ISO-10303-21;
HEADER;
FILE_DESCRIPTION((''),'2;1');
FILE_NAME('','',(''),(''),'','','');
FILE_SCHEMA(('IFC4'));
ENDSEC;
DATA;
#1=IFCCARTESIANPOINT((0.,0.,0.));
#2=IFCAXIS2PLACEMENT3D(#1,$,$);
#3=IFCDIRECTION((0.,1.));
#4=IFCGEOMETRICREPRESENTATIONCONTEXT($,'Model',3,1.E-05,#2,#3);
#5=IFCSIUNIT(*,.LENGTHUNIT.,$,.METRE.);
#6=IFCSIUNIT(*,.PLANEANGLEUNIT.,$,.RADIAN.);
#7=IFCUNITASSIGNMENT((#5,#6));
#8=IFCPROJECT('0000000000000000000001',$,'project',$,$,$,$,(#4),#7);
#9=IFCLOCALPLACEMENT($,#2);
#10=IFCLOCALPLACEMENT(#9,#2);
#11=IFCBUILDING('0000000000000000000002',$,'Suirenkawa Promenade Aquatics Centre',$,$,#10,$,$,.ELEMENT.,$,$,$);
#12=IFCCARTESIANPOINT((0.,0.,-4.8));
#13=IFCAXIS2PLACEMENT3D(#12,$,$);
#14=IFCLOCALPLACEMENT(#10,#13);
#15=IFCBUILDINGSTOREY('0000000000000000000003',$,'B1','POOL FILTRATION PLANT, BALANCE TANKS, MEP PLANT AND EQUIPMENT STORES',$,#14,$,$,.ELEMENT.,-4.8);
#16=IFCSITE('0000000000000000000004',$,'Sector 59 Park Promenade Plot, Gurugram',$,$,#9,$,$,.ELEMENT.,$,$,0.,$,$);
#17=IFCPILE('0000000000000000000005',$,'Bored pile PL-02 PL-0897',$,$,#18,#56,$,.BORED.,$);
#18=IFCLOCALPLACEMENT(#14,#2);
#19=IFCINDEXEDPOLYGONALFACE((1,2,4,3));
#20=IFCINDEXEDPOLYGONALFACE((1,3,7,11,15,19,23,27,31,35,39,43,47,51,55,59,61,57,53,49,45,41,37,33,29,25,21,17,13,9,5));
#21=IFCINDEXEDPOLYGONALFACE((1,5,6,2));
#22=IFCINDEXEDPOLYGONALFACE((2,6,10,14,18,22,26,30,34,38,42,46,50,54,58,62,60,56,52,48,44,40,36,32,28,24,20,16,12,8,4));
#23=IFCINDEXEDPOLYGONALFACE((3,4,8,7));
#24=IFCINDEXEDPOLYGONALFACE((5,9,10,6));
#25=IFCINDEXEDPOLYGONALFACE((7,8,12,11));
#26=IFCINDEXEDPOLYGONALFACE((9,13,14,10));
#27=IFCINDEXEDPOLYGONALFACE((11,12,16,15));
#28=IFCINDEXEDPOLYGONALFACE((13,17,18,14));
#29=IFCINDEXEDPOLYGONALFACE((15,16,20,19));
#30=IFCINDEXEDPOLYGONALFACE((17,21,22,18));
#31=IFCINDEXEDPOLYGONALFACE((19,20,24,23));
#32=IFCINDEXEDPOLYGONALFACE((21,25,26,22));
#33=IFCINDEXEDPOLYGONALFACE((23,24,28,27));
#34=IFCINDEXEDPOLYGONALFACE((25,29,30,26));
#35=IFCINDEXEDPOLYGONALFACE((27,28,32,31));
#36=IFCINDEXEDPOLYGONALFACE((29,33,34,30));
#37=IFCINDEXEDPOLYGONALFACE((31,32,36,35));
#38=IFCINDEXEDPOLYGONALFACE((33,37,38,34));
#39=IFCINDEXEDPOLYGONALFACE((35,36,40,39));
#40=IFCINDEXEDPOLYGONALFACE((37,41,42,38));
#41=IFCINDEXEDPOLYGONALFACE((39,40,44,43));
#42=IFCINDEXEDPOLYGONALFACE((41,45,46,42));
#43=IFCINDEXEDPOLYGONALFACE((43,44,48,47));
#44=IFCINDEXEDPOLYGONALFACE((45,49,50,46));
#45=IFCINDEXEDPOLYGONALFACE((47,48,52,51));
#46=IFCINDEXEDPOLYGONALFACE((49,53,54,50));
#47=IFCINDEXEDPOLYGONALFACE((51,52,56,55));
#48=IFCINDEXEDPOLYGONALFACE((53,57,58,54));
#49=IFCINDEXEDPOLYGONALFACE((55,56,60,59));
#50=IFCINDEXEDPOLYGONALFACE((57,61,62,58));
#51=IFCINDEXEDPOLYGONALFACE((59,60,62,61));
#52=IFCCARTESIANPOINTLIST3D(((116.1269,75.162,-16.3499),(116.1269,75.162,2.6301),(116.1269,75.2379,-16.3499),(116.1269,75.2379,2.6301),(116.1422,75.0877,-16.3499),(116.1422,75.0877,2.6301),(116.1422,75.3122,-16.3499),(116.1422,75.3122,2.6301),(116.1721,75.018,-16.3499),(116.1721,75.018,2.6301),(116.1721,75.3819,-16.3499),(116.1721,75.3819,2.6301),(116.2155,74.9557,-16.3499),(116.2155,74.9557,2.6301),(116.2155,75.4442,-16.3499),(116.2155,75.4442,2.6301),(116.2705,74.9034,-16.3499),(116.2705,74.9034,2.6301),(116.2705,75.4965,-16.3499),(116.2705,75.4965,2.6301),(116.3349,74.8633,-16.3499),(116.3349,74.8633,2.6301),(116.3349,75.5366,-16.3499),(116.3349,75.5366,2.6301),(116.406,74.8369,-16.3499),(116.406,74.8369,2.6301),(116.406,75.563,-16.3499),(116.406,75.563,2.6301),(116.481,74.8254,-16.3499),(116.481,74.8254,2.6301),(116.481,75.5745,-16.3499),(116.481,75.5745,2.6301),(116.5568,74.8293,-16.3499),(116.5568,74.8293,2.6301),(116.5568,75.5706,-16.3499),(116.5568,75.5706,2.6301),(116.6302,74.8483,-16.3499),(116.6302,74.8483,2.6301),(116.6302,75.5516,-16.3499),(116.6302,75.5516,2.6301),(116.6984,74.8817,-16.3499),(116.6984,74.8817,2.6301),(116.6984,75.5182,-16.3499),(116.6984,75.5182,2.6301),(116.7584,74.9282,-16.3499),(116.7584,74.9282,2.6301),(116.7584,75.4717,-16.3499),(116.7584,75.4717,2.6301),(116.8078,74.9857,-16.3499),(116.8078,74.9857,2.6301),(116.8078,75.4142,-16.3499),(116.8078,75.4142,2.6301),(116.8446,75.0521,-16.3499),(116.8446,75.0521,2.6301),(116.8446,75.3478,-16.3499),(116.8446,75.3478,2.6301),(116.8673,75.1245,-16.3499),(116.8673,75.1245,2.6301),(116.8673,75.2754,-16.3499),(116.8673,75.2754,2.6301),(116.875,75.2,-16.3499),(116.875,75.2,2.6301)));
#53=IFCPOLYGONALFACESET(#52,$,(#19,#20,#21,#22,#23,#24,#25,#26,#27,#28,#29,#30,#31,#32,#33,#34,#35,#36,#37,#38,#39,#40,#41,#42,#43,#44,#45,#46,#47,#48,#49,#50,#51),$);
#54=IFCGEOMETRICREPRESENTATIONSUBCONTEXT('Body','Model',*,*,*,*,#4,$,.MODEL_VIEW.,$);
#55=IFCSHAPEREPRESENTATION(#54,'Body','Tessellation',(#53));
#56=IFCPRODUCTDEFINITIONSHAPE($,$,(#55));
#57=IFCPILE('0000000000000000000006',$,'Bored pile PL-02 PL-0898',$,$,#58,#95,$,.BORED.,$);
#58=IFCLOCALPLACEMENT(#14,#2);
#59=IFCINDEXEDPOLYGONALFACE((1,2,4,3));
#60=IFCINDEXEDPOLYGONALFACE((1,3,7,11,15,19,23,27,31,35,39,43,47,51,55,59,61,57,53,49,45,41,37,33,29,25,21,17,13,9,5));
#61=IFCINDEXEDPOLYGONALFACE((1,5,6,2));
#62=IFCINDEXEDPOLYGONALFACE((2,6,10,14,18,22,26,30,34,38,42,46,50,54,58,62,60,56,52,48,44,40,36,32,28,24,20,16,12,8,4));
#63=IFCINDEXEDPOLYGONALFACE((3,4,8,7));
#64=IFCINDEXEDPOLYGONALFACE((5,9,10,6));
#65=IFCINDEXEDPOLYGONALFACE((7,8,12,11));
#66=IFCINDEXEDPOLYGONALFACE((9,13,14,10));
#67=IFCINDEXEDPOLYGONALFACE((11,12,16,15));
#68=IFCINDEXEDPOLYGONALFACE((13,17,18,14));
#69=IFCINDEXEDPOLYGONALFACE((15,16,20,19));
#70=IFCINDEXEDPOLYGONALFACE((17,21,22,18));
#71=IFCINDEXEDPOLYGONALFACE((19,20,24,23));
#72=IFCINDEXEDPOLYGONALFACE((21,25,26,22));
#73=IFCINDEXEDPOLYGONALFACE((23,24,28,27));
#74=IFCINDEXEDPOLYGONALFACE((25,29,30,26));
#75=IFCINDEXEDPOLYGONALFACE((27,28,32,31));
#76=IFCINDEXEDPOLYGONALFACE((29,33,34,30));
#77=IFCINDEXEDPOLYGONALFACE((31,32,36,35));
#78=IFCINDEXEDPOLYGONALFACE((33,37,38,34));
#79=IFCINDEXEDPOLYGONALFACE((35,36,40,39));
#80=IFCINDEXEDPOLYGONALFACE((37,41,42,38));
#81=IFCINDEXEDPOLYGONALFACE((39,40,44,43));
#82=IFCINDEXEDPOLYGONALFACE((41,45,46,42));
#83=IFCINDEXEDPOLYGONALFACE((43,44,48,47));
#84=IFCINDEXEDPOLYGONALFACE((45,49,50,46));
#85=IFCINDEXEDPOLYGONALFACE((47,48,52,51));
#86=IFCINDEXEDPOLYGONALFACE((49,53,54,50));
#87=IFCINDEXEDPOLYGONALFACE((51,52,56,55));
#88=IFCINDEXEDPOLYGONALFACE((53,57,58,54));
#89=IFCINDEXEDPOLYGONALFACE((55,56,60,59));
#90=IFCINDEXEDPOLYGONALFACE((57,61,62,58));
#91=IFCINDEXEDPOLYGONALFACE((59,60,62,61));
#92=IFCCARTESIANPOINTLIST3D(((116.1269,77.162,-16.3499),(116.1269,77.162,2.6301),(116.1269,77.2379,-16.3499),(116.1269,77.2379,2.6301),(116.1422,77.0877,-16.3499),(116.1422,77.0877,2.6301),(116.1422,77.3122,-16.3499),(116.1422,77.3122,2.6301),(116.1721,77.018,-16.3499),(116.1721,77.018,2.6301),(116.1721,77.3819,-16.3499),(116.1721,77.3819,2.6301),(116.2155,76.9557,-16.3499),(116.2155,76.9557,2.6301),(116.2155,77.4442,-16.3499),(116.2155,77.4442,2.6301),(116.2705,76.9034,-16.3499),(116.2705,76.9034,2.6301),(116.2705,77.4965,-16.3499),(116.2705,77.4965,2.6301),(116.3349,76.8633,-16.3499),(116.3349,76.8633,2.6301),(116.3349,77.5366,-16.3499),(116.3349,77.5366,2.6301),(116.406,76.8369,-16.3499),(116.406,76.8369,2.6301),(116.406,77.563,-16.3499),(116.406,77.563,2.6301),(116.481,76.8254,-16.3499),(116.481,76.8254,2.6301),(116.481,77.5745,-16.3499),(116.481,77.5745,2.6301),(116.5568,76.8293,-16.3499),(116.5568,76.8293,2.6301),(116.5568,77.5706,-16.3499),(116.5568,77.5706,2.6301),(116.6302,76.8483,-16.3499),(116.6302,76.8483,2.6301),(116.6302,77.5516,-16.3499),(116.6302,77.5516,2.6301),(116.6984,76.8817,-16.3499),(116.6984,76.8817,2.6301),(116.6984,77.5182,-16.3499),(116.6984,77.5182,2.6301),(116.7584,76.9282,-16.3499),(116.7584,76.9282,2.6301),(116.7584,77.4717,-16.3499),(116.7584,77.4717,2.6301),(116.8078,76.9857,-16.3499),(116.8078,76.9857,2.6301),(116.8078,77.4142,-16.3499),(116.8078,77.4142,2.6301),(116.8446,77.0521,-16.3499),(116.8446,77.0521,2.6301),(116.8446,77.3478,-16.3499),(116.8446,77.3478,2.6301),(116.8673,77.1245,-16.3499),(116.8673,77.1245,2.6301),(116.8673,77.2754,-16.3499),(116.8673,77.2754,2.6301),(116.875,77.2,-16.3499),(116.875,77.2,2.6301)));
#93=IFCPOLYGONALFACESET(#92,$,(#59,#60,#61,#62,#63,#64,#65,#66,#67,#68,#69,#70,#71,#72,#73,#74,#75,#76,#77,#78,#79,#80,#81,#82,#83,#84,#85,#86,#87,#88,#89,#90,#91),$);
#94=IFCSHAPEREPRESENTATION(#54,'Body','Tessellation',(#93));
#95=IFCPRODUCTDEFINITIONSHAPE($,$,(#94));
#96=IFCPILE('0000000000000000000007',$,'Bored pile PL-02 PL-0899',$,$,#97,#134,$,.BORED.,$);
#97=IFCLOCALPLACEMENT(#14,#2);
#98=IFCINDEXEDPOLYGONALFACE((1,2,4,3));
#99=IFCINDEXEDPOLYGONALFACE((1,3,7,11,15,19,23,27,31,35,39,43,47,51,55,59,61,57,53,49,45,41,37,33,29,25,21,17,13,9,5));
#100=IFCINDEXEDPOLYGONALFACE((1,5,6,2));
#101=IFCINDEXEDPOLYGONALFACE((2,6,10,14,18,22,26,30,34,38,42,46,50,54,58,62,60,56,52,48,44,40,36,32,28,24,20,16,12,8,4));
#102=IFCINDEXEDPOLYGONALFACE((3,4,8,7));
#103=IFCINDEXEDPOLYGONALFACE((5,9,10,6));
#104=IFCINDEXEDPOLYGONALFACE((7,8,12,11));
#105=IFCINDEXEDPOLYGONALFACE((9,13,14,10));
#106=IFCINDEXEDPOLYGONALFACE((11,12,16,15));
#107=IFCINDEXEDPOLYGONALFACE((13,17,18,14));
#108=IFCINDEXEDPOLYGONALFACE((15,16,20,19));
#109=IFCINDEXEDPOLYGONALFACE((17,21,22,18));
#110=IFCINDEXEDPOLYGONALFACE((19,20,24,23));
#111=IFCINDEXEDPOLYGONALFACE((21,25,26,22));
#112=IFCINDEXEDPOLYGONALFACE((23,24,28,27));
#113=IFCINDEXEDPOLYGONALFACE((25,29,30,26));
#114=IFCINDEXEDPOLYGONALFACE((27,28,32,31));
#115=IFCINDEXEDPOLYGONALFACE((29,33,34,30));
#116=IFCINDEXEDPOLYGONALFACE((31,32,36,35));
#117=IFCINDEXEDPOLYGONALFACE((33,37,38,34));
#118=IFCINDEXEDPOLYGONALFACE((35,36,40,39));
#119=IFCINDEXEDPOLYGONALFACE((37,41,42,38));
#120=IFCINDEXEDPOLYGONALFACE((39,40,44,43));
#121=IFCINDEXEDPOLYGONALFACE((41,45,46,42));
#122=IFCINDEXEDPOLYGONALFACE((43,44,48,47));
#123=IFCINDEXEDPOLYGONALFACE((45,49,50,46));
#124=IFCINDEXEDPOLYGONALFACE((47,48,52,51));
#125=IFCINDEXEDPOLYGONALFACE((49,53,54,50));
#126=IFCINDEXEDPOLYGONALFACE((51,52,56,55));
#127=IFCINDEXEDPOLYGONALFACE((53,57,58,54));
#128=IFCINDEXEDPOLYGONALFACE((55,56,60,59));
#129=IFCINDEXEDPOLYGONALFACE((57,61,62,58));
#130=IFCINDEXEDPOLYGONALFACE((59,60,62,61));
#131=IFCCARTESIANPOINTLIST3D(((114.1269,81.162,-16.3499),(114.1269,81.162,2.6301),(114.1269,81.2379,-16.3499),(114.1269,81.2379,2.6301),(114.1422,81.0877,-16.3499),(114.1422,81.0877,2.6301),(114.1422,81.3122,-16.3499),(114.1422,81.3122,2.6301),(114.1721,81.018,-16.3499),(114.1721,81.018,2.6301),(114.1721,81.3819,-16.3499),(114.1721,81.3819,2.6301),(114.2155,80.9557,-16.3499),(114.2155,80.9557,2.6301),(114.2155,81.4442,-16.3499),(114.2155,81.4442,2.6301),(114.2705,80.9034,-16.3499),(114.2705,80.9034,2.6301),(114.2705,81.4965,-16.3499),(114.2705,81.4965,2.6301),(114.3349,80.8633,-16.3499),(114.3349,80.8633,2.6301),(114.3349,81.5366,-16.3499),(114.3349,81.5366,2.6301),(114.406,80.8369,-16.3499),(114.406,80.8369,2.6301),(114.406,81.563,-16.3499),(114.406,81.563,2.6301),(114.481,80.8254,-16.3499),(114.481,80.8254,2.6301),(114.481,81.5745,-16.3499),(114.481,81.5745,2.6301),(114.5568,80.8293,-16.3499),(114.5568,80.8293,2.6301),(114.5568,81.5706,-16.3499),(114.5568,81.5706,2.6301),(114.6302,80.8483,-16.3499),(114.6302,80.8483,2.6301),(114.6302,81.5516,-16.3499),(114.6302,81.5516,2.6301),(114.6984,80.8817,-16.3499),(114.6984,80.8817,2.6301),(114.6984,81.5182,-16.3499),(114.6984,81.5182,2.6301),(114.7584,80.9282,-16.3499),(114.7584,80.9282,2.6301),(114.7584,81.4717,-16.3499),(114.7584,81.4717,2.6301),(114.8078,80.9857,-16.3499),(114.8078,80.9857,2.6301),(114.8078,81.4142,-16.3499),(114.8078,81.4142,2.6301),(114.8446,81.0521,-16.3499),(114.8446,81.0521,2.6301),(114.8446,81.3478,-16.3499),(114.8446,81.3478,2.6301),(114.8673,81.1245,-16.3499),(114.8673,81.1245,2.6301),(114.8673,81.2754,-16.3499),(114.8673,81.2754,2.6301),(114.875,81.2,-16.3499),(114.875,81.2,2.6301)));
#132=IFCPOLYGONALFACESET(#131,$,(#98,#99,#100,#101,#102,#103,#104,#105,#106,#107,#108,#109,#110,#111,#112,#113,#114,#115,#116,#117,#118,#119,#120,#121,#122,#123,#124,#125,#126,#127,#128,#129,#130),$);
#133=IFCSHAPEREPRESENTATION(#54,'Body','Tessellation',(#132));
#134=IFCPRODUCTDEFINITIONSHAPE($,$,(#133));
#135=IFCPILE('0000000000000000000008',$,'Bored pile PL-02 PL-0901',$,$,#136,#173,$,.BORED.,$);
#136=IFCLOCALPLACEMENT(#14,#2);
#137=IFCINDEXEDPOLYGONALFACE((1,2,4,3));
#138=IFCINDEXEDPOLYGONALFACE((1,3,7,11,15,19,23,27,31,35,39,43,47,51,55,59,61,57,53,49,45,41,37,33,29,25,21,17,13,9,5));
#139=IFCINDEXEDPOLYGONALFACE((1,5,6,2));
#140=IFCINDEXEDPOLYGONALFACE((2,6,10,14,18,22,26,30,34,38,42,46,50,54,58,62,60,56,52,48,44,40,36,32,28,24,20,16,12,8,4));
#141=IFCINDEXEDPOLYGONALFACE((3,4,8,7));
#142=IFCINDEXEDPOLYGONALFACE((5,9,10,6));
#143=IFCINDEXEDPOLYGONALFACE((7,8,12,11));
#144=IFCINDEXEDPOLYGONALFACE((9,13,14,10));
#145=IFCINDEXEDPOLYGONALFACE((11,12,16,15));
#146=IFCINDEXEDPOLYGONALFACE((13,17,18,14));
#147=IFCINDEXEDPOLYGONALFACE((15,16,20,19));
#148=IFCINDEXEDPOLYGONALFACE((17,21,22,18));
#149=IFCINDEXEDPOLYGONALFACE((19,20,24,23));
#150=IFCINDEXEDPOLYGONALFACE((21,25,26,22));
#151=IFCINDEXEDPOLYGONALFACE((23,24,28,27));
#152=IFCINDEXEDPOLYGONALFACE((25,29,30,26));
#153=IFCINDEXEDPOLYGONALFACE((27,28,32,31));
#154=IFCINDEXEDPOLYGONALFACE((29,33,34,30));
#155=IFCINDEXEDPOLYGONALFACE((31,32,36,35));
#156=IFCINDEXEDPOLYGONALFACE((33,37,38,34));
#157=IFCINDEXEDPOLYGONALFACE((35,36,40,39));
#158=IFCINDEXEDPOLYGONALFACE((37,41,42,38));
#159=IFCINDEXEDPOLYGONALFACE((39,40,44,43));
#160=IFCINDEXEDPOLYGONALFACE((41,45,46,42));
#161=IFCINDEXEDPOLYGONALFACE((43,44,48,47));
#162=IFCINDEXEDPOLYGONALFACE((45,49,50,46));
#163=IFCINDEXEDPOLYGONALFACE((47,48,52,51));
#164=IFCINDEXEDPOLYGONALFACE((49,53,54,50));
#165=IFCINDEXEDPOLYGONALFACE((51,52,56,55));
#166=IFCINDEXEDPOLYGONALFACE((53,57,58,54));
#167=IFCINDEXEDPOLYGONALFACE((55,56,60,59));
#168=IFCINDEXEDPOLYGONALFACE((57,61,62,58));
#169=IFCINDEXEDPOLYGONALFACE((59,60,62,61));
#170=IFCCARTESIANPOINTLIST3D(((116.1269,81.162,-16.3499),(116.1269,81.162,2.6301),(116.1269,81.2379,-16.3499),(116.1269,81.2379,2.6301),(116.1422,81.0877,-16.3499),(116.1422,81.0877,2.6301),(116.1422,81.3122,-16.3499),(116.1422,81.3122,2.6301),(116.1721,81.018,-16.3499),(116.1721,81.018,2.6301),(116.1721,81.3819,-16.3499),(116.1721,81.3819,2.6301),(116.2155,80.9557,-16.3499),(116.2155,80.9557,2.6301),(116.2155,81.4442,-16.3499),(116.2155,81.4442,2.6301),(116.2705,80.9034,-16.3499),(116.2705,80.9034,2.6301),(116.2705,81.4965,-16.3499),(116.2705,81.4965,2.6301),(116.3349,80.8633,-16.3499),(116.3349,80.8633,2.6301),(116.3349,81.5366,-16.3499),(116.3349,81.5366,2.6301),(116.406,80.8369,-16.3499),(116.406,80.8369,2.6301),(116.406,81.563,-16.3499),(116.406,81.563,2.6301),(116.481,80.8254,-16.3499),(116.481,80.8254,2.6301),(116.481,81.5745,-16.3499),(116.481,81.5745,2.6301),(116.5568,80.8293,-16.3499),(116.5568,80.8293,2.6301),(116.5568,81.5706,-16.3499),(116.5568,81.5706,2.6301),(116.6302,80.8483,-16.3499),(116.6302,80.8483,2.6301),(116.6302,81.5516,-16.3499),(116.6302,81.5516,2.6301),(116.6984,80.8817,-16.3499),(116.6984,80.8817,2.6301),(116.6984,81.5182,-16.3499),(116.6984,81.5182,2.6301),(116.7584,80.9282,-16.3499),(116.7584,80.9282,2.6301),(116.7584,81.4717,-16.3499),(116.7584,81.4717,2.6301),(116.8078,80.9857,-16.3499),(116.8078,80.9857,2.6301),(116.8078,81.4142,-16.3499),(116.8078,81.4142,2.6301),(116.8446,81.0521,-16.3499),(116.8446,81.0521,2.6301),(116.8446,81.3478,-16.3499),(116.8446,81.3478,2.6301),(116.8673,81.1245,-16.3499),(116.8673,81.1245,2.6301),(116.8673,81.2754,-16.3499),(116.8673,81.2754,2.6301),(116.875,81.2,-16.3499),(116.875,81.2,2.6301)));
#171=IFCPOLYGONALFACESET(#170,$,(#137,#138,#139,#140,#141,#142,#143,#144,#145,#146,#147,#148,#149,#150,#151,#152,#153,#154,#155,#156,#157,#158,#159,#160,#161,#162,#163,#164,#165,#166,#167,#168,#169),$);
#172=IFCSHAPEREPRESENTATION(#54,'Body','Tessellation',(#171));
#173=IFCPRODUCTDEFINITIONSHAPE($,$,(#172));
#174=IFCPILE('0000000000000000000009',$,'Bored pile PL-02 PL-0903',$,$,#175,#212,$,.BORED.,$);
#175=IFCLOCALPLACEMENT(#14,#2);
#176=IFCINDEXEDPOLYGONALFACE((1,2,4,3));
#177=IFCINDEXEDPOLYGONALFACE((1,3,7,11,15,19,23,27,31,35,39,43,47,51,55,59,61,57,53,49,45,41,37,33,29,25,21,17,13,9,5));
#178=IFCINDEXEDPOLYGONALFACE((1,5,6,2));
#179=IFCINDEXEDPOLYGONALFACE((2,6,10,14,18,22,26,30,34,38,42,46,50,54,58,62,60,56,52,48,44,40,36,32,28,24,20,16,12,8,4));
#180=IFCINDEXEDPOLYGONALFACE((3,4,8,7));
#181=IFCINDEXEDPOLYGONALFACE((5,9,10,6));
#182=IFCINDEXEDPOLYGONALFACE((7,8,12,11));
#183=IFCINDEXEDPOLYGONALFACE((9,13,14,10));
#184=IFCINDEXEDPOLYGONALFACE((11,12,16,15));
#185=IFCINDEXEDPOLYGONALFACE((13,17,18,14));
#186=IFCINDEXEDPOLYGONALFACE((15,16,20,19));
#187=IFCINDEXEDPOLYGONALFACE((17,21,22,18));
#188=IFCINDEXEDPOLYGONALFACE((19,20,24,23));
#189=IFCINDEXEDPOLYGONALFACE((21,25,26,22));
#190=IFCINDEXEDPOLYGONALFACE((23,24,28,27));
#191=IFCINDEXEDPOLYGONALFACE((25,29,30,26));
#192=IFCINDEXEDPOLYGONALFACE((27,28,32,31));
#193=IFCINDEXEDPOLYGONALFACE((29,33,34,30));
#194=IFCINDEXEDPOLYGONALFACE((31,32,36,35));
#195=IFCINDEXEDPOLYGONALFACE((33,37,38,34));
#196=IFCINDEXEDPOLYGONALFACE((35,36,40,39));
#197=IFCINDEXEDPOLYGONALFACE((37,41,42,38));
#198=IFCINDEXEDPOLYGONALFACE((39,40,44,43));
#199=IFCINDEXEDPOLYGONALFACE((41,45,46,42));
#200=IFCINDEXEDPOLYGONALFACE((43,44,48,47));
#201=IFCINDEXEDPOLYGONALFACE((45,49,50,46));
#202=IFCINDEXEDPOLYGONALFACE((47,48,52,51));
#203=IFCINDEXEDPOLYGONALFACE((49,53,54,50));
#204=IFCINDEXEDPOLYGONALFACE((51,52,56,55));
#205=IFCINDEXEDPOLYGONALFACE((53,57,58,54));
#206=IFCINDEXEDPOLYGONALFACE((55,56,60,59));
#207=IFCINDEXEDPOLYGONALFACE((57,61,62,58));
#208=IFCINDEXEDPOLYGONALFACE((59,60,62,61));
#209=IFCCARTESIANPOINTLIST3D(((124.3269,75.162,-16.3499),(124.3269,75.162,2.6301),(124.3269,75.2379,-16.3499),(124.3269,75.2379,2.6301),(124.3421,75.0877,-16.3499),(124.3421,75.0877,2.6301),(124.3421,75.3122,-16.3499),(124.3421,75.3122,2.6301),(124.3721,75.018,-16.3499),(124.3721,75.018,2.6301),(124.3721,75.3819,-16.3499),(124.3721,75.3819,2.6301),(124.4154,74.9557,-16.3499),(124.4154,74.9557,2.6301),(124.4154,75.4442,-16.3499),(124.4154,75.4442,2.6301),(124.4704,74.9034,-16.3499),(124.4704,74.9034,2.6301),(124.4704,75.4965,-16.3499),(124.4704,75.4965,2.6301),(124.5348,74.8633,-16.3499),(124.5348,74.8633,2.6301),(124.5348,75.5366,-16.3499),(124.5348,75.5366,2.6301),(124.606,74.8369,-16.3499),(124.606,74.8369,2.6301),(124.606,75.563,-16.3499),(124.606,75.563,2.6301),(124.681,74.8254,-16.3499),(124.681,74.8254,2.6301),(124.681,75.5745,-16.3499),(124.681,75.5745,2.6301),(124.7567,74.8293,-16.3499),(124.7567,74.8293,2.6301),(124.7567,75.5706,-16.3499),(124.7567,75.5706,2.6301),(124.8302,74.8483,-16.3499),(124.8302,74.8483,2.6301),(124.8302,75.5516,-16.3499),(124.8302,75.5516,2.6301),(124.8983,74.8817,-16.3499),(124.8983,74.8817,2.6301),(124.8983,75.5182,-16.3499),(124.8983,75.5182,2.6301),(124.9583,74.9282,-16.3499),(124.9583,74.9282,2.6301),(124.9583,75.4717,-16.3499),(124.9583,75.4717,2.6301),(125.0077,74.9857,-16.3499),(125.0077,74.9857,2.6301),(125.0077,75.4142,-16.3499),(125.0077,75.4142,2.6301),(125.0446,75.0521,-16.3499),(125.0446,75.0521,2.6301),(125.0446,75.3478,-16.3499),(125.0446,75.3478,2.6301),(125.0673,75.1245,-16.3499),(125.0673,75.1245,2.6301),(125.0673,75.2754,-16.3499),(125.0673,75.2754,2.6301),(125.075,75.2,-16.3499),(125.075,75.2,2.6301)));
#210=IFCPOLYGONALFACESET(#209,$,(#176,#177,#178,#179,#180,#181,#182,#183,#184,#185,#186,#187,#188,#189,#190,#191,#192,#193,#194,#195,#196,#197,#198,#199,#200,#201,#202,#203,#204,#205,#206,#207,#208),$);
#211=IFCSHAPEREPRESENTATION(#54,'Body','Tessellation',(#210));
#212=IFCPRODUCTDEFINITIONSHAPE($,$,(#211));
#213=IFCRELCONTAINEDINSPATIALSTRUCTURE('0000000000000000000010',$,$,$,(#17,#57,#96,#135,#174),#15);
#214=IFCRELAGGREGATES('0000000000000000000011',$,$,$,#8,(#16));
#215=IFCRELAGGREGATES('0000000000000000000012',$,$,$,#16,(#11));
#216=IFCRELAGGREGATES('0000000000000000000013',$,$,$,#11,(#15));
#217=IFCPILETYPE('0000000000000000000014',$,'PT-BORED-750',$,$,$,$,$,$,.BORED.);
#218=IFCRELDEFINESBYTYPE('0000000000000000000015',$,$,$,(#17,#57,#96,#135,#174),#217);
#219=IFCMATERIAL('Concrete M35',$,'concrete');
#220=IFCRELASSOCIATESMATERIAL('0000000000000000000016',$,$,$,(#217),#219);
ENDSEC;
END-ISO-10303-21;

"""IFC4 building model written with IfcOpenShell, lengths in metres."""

from ifc_helpers import new_model, si_unit, direction, frame, origin, origin_2d, place, context, subcontext, project, spatial, circle, extrude, material, material_profile, profile_set, type_object, element, save


model = new_model("IFC4")

# Units and contexts
model_context = context("Model", 3, precision=1e-05, world=origin(), true_north=direction((0.0, 1.0)))
body_context = subcontext(model_context, "Body", "Model", "MODEL_VIEW")
ifc_project = project(units=[si_unit("LENGTHUNIT", "METRE"), si_unit("PLANEANGLEUNIT", "RADIAN")], contexts=[model_context])

# Site, building, storey
site_placement = place(None, origin())
site = spatial("IfcSite", under=ifc_project, at=site_placement, Name="Sector 59 Park Promenade Plot, Gurugram", CompositionType="ELEMENT", RefElevation=0.0)
building_placement = place(site_placement, origin())
building = spatial("IfcBuilding", under=site, at=building_placement, Name="Suirenkawa Promenade Aquatics Centre", CompositionType="ELEMENT")
storey_placement = place(building_placement, frame((0.0, 0.0, -4.8)))
storey = spatial("IfcBuildingStorey", under=building, at=storey_placement, Name="B1", Description="POOL FILTRATION PLANT, BALANCE TANKS, MEP PLANT AND EQUIPMENT STORES", CompositionType="ELEMENT", Elevation=-4.8)

# Shared definitions
ifc_material_1 = material(Name="Concrete M35", Category="concrete")

# Piles
ifc_material_profile_1 = material_profile(ifc_material_1, circle(Radius=0.375, at=origin_2d()), Name="PILE D750", Category="concrete")
ifc_profile_set_1 = profile_set([ifc_material_profile_1], Name="Concrete M35")
pile_type_1 = type_object("IfcPileType", Name="PT-BORED-750", PredefinedType="BORED", material=ifc_profile_set_1)
for number, where, z_axis, x_axis, name in (
    (1, (116.5, 75.2, 2.6301), (0.0, 0.0, -1.0), (1.0, 0.0, 0.0), "Bored pile PL-02 PL-0897"),
    (2, (116.5, 77.2, 2.6301), (0.0, 0.0, -1.0), (1.0, 0.0, 0.0), "Bored pile PL-02 PL-0898"),
    (3, (114.5, 81.2, 2.6301), (0.0, 0.0, -1.0), (1.0, 0.0, 0.0), "Bored pile PL-02 PL-0899"),
    (4, (116.5, 81.2, 2.6301), (0.0, 0.0, -1.0), (1.0, 0.0, 0.0), "Bored pile PL-02 PL-0901"),
    (5, (124.7, 75.2, 2.6301), (0.0, 0.0, -1.0), (1.0, 0.0, 0.0), "Bored pile PL-02 PL-0903"),
):
    element("IfcPile", number, at=place(storey_placement, frame(where, z_axis=z_axis, x_axis=x_axis)), inside=storey, type_object=pile_type_1, Name=name, PredefinedType="BORED", context=body_context, shape_type="SweptSolid", body=[
        extrude(circle(Radius=0.375, at=origin_2d()), origin(), (0.0, 0.0, 1.0), 18.98),
    ])

save(model, "model.ifc")
